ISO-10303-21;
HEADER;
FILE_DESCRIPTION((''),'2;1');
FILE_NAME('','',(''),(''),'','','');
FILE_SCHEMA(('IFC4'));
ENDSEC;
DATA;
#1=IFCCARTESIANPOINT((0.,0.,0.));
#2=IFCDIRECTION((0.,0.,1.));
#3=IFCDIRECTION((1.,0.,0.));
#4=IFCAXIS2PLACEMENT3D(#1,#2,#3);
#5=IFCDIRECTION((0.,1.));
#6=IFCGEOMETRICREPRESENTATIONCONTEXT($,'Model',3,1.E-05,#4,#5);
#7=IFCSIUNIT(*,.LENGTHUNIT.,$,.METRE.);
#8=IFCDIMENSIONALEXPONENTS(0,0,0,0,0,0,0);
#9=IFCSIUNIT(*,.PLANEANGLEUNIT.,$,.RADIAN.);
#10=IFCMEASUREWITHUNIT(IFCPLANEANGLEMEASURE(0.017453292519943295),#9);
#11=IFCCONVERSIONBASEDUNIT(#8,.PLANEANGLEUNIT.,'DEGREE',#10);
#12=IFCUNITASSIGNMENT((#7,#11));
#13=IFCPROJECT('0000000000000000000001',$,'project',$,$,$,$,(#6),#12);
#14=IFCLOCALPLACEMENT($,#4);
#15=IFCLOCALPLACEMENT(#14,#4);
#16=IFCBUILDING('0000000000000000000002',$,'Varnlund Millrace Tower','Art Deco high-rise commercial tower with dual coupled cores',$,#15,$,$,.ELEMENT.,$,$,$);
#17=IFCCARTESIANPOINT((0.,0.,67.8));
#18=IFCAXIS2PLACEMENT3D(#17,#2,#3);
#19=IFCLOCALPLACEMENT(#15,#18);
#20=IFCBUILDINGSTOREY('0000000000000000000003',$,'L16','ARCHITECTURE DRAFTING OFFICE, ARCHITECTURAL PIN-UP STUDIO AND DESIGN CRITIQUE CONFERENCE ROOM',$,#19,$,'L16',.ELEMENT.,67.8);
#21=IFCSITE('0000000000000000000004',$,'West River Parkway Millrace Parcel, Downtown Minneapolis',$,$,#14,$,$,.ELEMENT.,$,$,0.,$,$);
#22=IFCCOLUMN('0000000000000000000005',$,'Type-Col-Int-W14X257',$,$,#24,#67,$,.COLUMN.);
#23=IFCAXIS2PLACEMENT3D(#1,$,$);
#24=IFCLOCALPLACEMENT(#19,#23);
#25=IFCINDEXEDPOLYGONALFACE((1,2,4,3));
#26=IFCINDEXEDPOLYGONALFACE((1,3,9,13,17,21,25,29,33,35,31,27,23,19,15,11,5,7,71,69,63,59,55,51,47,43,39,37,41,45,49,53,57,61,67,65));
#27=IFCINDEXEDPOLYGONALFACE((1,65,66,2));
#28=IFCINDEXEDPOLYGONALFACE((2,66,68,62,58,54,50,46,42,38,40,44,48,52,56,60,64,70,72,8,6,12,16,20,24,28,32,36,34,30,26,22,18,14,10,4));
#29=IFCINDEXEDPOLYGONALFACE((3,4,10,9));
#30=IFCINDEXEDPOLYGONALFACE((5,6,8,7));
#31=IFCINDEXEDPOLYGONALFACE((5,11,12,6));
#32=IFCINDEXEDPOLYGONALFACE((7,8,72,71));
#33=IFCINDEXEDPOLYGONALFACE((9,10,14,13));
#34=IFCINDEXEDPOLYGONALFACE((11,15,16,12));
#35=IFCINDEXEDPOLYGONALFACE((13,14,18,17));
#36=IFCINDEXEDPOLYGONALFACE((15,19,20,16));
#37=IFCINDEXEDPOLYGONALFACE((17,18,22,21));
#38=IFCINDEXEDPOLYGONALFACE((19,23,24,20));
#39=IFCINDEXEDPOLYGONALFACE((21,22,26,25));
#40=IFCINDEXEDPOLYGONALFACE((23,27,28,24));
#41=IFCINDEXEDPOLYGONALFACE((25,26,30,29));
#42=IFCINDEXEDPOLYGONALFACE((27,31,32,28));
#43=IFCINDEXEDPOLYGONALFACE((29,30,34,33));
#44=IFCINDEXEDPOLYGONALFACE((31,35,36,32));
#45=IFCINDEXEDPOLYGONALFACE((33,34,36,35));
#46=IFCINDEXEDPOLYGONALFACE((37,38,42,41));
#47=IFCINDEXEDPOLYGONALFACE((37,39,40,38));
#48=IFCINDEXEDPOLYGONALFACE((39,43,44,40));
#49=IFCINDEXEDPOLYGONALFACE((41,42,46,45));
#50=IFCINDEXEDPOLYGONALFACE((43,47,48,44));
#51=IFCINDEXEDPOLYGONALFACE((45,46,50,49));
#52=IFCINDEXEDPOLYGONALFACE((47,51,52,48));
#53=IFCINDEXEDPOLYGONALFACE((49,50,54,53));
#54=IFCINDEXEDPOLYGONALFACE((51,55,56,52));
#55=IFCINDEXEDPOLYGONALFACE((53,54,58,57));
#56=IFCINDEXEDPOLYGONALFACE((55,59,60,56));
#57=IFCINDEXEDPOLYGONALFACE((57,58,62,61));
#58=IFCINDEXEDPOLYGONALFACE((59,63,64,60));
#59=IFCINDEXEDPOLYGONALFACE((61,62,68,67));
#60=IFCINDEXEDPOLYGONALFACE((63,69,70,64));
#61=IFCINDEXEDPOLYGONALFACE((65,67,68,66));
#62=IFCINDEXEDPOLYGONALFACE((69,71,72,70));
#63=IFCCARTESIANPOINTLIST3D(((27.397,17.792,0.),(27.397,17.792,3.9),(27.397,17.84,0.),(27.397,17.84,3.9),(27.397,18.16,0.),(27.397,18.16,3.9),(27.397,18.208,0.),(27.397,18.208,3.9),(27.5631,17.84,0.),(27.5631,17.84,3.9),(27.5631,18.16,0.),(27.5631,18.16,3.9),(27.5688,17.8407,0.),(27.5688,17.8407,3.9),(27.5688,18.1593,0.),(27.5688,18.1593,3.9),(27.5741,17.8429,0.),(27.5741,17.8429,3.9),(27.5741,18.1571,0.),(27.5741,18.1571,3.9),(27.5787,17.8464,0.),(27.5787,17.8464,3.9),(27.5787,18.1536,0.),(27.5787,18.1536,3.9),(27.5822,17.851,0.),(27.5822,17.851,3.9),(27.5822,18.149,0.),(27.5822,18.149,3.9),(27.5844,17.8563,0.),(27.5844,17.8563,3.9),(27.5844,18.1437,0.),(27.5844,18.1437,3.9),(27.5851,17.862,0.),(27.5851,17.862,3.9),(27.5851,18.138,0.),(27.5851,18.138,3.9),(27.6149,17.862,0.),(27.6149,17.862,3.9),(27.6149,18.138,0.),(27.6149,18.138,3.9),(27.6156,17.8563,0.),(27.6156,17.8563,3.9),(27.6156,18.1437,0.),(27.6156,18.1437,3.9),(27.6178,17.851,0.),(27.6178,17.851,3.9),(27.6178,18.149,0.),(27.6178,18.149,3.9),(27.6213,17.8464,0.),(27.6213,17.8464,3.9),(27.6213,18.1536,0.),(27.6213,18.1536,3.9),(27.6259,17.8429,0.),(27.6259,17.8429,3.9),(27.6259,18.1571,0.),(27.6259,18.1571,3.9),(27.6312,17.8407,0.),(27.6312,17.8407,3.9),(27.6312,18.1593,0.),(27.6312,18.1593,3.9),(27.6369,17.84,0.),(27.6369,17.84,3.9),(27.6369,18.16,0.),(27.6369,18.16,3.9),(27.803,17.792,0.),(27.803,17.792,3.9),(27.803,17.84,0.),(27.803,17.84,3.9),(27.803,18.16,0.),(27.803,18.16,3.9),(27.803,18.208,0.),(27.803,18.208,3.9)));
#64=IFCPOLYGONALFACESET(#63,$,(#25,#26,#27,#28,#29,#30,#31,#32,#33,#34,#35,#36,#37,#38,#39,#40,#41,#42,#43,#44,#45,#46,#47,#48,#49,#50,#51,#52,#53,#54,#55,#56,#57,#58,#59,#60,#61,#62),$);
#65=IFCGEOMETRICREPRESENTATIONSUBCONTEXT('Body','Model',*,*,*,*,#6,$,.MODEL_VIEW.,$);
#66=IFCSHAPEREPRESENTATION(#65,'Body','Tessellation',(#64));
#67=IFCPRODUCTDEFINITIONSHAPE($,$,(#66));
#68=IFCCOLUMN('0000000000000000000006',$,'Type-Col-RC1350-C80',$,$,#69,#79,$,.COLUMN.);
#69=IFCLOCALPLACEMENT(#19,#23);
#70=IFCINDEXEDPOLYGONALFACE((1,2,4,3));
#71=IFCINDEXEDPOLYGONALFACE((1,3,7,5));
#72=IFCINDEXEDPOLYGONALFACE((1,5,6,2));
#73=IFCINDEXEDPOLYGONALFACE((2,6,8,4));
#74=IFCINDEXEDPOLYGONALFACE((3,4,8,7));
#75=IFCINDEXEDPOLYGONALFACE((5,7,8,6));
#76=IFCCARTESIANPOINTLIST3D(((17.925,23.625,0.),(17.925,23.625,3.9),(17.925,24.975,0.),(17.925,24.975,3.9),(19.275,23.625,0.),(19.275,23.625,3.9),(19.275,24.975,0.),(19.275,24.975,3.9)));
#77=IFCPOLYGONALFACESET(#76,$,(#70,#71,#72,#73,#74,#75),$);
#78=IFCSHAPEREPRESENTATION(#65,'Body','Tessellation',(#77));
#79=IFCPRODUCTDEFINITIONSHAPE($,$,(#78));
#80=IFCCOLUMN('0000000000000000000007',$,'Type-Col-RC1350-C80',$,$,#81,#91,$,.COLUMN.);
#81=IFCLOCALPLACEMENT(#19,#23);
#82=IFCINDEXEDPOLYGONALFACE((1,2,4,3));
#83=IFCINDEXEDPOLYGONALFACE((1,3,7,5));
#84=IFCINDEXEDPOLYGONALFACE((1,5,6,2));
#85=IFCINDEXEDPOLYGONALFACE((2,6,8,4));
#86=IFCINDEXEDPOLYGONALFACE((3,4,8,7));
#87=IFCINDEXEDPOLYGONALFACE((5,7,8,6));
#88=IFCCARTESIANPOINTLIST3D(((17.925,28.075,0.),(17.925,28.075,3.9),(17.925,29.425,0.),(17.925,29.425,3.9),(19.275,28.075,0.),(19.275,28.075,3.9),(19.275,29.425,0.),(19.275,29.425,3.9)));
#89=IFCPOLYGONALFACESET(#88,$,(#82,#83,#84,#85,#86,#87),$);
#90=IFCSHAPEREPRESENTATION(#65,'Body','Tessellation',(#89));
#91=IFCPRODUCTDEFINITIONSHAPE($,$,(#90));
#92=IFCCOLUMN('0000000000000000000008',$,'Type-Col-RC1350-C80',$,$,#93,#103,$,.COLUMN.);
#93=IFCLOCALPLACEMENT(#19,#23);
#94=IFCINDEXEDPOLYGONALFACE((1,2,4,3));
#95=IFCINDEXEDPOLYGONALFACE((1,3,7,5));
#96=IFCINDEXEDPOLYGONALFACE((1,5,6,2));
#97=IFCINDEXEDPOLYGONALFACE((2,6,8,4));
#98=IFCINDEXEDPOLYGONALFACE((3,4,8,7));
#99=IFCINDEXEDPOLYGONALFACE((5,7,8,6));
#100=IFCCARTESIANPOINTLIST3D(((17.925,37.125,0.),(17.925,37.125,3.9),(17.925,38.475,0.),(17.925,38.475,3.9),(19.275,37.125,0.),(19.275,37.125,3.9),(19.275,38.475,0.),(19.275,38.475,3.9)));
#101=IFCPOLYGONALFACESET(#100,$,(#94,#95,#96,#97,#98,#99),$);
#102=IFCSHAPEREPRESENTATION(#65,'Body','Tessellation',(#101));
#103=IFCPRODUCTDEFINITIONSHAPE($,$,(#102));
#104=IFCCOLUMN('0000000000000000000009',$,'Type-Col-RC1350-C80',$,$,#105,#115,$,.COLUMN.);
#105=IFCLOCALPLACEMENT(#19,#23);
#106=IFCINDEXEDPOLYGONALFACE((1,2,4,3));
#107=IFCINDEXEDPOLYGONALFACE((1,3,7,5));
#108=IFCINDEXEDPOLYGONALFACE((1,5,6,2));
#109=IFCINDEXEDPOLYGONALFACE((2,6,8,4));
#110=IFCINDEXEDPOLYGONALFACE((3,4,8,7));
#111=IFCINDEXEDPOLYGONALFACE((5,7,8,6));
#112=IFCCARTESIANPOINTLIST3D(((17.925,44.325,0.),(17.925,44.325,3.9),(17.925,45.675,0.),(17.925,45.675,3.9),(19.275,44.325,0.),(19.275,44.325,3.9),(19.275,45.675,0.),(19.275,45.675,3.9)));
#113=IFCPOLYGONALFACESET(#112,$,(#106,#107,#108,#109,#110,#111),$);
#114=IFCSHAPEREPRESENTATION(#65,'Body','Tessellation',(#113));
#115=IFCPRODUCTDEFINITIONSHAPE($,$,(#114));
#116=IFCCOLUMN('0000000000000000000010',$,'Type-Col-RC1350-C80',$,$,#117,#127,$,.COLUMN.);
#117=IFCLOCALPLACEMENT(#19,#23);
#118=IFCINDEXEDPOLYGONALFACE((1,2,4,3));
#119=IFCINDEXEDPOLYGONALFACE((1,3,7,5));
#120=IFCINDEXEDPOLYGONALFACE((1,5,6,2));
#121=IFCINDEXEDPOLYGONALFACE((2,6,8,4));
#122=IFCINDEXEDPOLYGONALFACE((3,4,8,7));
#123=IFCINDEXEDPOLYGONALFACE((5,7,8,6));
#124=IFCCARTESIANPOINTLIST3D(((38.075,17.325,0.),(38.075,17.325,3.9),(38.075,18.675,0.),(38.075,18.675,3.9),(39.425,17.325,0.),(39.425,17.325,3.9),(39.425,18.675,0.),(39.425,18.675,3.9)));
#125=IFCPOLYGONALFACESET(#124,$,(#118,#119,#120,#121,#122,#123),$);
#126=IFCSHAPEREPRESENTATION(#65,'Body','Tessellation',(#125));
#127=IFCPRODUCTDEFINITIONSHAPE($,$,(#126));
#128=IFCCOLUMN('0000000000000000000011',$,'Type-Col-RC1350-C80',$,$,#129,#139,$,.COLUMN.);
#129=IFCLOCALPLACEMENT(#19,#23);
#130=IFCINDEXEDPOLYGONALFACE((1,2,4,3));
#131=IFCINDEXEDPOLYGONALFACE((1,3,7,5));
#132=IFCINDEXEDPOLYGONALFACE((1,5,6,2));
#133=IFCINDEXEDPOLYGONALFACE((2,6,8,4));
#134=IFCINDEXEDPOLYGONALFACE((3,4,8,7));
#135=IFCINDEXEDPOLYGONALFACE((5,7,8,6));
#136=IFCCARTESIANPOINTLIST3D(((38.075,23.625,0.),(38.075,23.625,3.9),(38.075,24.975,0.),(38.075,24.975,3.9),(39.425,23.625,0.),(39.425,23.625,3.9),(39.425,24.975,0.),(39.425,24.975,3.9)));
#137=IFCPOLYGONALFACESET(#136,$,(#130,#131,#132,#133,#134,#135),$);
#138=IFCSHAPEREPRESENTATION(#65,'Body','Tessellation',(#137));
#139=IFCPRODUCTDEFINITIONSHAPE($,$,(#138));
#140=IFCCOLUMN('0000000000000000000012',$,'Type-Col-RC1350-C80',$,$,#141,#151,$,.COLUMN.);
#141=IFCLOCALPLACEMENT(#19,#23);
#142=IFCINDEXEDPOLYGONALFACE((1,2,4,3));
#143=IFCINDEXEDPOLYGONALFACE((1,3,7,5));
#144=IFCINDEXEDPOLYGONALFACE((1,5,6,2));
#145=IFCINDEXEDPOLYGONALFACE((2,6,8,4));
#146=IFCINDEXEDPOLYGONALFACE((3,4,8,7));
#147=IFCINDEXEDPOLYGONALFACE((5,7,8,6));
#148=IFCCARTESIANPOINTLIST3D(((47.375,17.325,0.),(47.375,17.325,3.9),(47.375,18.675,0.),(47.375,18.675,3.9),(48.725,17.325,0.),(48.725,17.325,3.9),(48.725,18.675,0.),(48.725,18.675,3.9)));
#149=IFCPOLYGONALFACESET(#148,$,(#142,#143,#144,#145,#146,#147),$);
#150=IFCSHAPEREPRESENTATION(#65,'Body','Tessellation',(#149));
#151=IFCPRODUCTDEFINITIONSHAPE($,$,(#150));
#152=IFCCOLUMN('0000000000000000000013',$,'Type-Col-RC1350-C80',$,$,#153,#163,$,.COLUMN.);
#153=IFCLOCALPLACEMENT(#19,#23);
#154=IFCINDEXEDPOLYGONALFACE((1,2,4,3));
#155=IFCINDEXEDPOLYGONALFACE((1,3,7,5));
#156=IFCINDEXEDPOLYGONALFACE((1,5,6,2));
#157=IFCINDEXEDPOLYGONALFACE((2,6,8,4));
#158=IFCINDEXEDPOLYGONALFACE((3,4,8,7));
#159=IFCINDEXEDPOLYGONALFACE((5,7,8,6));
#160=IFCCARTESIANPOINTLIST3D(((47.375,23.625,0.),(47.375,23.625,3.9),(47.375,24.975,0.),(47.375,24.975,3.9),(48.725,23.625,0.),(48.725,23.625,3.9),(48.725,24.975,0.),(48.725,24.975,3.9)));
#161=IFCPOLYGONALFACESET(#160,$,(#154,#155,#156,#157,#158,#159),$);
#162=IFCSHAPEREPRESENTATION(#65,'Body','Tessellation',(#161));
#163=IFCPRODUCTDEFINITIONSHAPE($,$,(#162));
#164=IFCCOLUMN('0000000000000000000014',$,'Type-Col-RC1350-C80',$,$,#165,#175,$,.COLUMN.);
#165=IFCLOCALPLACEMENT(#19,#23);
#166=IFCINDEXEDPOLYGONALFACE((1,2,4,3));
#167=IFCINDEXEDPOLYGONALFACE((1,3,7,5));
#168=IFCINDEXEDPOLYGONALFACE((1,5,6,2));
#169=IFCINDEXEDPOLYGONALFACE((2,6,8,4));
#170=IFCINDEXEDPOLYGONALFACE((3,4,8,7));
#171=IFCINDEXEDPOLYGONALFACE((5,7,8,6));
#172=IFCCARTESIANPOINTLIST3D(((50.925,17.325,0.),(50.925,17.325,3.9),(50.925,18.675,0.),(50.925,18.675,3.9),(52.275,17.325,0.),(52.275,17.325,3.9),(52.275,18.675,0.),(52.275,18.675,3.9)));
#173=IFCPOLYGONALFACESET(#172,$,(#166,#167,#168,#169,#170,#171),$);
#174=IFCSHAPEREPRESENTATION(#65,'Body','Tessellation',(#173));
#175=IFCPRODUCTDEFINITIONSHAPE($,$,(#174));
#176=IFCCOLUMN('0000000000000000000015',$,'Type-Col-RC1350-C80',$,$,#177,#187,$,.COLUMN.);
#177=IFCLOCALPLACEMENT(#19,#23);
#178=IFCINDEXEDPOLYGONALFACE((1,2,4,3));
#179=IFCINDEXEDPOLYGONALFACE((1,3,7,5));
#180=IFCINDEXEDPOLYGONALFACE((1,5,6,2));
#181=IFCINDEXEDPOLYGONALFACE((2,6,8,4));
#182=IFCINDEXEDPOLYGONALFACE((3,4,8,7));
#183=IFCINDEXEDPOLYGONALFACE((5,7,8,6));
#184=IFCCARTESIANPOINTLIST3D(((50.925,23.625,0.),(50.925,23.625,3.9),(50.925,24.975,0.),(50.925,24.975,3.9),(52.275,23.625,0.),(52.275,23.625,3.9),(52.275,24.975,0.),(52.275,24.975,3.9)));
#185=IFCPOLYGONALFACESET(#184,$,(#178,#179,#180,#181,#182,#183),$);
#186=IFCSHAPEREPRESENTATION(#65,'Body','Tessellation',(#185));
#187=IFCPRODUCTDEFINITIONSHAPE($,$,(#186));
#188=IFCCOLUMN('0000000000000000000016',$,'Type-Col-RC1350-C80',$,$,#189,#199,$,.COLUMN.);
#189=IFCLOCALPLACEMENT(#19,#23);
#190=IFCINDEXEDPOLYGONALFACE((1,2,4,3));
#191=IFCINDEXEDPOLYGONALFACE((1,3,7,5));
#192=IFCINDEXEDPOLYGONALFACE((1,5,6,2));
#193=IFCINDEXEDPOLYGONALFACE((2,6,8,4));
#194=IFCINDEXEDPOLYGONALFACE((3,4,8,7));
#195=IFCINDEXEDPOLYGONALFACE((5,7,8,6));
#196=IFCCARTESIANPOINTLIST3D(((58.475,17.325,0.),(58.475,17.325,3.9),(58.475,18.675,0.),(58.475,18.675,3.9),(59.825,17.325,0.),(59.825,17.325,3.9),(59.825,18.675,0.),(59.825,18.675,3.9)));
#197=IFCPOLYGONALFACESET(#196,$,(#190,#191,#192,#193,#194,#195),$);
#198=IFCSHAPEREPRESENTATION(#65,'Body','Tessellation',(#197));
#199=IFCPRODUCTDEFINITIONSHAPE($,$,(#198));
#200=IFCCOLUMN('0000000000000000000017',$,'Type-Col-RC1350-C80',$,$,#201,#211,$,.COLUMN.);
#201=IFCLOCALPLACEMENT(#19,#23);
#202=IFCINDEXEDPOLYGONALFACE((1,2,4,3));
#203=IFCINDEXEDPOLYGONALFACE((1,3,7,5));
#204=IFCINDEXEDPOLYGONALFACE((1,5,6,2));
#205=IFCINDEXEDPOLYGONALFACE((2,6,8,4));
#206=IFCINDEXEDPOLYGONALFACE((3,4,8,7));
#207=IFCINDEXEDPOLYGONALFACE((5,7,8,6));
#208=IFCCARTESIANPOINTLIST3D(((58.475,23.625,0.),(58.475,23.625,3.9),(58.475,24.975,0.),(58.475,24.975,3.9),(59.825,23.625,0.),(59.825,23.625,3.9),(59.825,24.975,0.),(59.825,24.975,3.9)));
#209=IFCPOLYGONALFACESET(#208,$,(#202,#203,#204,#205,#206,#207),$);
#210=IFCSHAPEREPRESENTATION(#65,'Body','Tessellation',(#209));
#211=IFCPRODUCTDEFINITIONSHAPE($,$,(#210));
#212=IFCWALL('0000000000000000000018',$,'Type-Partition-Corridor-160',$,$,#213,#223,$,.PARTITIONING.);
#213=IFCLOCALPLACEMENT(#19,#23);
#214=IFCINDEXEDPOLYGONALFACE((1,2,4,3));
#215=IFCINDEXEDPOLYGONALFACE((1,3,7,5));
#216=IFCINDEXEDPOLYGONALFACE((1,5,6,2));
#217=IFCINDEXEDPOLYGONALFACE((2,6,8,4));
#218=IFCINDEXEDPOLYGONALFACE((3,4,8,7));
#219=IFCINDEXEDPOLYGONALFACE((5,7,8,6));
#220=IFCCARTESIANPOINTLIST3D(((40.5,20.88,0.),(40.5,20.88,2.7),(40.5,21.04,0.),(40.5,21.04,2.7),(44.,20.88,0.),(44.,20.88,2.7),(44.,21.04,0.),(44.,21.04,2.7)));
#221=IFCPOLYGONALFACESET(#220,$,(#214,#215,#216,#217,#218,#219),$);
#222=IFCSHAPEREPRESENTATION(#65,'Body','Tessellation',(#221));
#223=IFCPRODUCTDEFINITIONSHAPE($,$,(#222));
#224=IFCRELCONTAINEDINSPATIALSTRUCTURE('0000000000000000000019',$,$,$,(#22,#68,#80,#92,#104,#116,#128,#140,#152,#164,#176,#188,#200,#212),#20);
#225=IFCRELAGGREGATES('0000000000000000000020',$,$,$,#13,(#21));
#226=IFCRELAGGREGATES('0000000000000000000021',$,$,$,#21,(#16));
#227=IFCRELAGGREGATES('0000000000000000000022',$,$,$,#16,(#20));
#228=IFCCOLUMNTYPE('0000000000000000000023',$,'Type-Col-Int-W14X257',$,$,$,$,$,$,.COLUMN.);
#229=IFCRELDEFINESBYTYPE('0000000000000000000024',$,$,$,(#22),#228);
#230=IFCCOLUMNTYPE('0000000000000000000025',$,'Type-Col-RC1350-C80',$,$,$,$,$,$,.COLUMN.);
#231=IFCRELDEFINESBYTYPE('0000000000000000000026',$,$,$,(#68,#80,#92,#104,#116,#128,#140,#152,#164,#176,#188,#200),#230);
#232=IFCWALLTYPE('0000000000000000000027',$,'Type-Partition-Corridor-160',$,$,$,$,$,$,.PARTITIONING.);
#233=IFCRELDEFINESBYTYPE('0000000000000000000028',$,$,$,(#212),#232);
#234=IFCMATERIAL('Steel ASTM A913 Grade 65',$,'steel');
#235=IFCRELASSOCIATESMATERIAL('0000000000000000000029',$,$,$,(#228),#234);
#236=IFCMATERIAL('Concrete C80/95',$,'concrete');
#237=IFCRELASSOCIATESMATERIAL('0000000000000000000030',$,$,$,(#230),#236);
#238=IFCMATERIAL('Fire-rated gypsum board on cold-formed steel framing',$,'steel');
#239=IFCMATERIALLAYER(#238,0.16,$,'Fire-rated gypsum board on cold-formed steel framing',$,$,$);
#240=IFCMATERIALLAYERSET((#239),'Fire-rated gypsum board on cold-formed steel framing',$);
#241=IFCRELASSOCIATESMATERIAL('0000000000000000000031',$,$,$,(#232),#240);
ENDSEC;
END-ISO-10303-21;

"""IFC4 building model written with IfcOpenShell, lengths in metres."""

from ifc_helpers import new_model, entity, si_unit, converted_unit, direction, frame, origin_with_axes, origin_2d_with_axis, place, context, subcontext, project, spatial, polyline, rectangle, i_section, outline, extrude, material, layer, layer_set, material_profile, profile_set, type_object, element, save


model = new_model("IFC4")

# Units and contexts
model_context = context("Model", 3, precision=1e-05, world=origin_with_axes(), true_north=direction((0.0, 1.0)))
body_context = subcontext(model_context, "Body", "Model", "MODEL_VIEW")
ifc_project = project(units=[si_unit("LENGTHUNIT", "METRE"), converted_unit("PLANEANGLEUNIT", "DEGREE", entity("IfcPlaneAngleMeasure", 0.017453292519943295), si_unit("PLANEANGLEUNIT", "RADIAN"), dimensions=[0, 0, 0, 0, 0, 0, 0])], contexts=[model_context])

# Site, building, storey
site_placement = place(None, origin_with_axes())
site = spatial("IfcSite", under=ifc_project, at=site_placement, Name="West River Parkway Millrace Parcel, Downtown Minneapolis", CompositionType="ELEMENT", RefElevation=0.0)
building_placement = place(site_placement, origin_with_axes())
building = spatial("IfcBuilding", under=site, at=building_placement, Name="Varnlund Millrace Tower", Description="Art Deco high-rise commercial tower with dual coupled cores", CompositionType="ELEMENT")
storey_placement = place(building_placement, frame((0.0, 0.0, 67.8), z_axis=(0.0, 0.0, 1.0), x_axis=(1.0, 0.0, 0.0)))
storey = spatial("IfcBuildingStorey", under=building, at=storey_placement, Name="L16", Description="ARCHITECTURE DRAFTING OFFICE, ARCHITECTURAL PIN-UP STUDIO AND DESIGN CRITIQUE CONFERENCE ROOM", LongName="L16", CompositionType="ELEMENT", Elevation=67.8)

# Columns
ifc_material_1 = material(Name="Steel ASTM A913 Grade 65", Category="steel")
ifc_material_profile_1 = material_profile(ifc_material_1, i_section(OverallWidth=0.406, OverallDepth=0.416, WebThickness=0.0298, FlangeThickness=0.048, FilletRadius=0.022, at=origin_2d_with_axis()), Name="Steel ASTM A913 Grade 65")
ifc_profile_set_1 = profile_set([ifc_material_profile_1], Name="Steel ASTM A913 Grade 65")
column_type_1 = type_object("IfcColumnType", Name="Type-Col-Int-W14X257", PredefinedType="COLUMN", material=ifc_profile_set_1)
column_placement = place(storey_placement, frame((27.6, 18.0, 0.0), z_axis=(0.0, 0.0, 1.0), x_axis=(1.0, 0.0, 0.0)))
element("IfcColumn", 1, at=column_placement, inside=storey, type_object=column_type_1, Name="Type-Col-Int-W14X257", PredefinedType="COLUMN", context=body_context, shape_type="SweptSolid", body=[
    extrude(i_section(OverallWidth=0.406, OverallDepth=0.416, WebThickness=0.0298, FlangeThickness=0.048, FilletRadius=0.022, at=origin_2d_with_axis()), origin_with_axes(), (0.0, 0.0, 1.0), 3.9),
])
ifc_material_2 = material(Name="Concrete C80/95", Category="concrete")
ifc_material_profile_2 = material_profile(ifc_material_2, rectangle(XDim=1.35, YDim=1.35, at=origin_2d_with_axis()), Name="Concrete C80/95")
ifc_profile_set_2 = profile_set([ifc_material_profile_2], Name="Concrete C80/95")
column_type_2 = type_object("IfcColumnType", Name="Type-Col-RC1350-C80", PredefinedType="COLUMN", material=ifc_profile_set_2)
for number, where, z_axis, x_axis, name in (
    (2, (18.6, 24.3, 0.0), (0.0, 0.0, 1.0), (1.0, 0.0, 0.0), "Type-Col-RC1350-C80"),
    (3, (18.6, 28.75, 0.0), (0.0, 0.0, 1.0), (1.0, 0.0, 0.0), "Type-Col-RC1350-C80"),
    (4, (18.6, 37.8, 0.0), (0.0, 0.0, 1.0), (1.0, 0.0, 0.0), "Type-Col-RC1350-C80"),
    (5, (18.6, 45.0, 0.0), (0.0, 0.0, 1.0), (1.0, 0.0, 0.0), "Type-Col-RC1350-C80"),
    (6, (38.75, 18.0, 0.0), (0.0, 0.0, 1.0), (1.0, 0.0, 0.0), "Type-Col-RC1350-C80"),
    (7, (38.75, 24.3, 0.0), (0.0, 0.0, 1.0), (1.0, 0.0, 0.0), "Type-Col-RC1350-C80"),
    (8, (48.05, 18.0, 0.0), (0.0, 0.0, 1.0), (1.0, 0.0, 0.0), "Type-Col-RC1350-C80"),
    (9, (48.05, 24.3, 0.0), (0.0, 0.0, 1.0), (1.0, 0.0, 0.0), "Type-Col-RC1350-C80"),
    (10, (51.6, 18.0, 0.0), (0.0, 0.0, 1.0), (1.0, 0.0, 0.0), "Type-Col-RC1350-C80"),
    (11, (51.6, 24.3, 0.0), (0.0, 0.0, 1.0), (1.0, 0.0, 0.0), "Type-Col-RC1350-C80"),
    (12, (59.15, 18.0, 0.0), (0.0, 0.0, 1.0), (1.0, 0.0, 0.0), "Type-Col-RC1350-C80"),
    (13, (59.15, 24.3, 0.0), (0.0, 0.0, 1.0), (1.0, 0.0, 0.0), "Type-Col-RC1350-C80"),
):
    element("IfcColumn", number, at=place(storey_placement, frame(where, z_axis=z_axis, x_axis=x_axis)), inside=storey, type_object=column_type_2, Name=name, PredefinedType="COLUMN", context=body_context, shape_type="SweptSolid", body=[
        extrude(rectangle(XDim=1.35, YDim=1.35, at=origin_2d_with_axis()), origin_with_axes(), (0.0, 0.0, 1.0), 3.9),
    ])

# Wall
ifc_material_3 = material(Name="Fire-rated gypsum board on cold-formed steel framing", Category="steel")
ifc_layer_1 = layer(ifc_material_3, 0.16, Name="Fire-rated gypsum board on cold-formed steel framing")
ifc_layer_set_1 = layer_set([ifc_layer_1], Name="Fire-rated gypsum board on cold-formed steel framing")
wall_type_1 = type_object("IfcWallType", Name="Type-Partition-Corridor-160", PredefinedType="PARTITIONING", material=ifc_layer_set_1)
wall_1_placement = place(storey_placement, frame((40.5, 20.96, 0.0), z_axis=(0.0, 0.0, 1.0), x_axis=(1.0, 0.0, 0.0)))
element("IfcWall", 14, at=wall_1_placement, inside=storey, type_object=wall_type_1, Name="Type-Partition-Corridor-160", PredefinedType="PARTITIONING", context=body_context, shape_type="SweptSolid", body=[
    extrude(outline(polyline([(0.0, -0.08), (3.5, -0.08), (3.5, 0.08), (0.0, 0.08), (0.0, -0.08)])), origin_with_axes(), (0.0, 0.0, 1.0), 2.7),
])

save(model, "model.ifc")
